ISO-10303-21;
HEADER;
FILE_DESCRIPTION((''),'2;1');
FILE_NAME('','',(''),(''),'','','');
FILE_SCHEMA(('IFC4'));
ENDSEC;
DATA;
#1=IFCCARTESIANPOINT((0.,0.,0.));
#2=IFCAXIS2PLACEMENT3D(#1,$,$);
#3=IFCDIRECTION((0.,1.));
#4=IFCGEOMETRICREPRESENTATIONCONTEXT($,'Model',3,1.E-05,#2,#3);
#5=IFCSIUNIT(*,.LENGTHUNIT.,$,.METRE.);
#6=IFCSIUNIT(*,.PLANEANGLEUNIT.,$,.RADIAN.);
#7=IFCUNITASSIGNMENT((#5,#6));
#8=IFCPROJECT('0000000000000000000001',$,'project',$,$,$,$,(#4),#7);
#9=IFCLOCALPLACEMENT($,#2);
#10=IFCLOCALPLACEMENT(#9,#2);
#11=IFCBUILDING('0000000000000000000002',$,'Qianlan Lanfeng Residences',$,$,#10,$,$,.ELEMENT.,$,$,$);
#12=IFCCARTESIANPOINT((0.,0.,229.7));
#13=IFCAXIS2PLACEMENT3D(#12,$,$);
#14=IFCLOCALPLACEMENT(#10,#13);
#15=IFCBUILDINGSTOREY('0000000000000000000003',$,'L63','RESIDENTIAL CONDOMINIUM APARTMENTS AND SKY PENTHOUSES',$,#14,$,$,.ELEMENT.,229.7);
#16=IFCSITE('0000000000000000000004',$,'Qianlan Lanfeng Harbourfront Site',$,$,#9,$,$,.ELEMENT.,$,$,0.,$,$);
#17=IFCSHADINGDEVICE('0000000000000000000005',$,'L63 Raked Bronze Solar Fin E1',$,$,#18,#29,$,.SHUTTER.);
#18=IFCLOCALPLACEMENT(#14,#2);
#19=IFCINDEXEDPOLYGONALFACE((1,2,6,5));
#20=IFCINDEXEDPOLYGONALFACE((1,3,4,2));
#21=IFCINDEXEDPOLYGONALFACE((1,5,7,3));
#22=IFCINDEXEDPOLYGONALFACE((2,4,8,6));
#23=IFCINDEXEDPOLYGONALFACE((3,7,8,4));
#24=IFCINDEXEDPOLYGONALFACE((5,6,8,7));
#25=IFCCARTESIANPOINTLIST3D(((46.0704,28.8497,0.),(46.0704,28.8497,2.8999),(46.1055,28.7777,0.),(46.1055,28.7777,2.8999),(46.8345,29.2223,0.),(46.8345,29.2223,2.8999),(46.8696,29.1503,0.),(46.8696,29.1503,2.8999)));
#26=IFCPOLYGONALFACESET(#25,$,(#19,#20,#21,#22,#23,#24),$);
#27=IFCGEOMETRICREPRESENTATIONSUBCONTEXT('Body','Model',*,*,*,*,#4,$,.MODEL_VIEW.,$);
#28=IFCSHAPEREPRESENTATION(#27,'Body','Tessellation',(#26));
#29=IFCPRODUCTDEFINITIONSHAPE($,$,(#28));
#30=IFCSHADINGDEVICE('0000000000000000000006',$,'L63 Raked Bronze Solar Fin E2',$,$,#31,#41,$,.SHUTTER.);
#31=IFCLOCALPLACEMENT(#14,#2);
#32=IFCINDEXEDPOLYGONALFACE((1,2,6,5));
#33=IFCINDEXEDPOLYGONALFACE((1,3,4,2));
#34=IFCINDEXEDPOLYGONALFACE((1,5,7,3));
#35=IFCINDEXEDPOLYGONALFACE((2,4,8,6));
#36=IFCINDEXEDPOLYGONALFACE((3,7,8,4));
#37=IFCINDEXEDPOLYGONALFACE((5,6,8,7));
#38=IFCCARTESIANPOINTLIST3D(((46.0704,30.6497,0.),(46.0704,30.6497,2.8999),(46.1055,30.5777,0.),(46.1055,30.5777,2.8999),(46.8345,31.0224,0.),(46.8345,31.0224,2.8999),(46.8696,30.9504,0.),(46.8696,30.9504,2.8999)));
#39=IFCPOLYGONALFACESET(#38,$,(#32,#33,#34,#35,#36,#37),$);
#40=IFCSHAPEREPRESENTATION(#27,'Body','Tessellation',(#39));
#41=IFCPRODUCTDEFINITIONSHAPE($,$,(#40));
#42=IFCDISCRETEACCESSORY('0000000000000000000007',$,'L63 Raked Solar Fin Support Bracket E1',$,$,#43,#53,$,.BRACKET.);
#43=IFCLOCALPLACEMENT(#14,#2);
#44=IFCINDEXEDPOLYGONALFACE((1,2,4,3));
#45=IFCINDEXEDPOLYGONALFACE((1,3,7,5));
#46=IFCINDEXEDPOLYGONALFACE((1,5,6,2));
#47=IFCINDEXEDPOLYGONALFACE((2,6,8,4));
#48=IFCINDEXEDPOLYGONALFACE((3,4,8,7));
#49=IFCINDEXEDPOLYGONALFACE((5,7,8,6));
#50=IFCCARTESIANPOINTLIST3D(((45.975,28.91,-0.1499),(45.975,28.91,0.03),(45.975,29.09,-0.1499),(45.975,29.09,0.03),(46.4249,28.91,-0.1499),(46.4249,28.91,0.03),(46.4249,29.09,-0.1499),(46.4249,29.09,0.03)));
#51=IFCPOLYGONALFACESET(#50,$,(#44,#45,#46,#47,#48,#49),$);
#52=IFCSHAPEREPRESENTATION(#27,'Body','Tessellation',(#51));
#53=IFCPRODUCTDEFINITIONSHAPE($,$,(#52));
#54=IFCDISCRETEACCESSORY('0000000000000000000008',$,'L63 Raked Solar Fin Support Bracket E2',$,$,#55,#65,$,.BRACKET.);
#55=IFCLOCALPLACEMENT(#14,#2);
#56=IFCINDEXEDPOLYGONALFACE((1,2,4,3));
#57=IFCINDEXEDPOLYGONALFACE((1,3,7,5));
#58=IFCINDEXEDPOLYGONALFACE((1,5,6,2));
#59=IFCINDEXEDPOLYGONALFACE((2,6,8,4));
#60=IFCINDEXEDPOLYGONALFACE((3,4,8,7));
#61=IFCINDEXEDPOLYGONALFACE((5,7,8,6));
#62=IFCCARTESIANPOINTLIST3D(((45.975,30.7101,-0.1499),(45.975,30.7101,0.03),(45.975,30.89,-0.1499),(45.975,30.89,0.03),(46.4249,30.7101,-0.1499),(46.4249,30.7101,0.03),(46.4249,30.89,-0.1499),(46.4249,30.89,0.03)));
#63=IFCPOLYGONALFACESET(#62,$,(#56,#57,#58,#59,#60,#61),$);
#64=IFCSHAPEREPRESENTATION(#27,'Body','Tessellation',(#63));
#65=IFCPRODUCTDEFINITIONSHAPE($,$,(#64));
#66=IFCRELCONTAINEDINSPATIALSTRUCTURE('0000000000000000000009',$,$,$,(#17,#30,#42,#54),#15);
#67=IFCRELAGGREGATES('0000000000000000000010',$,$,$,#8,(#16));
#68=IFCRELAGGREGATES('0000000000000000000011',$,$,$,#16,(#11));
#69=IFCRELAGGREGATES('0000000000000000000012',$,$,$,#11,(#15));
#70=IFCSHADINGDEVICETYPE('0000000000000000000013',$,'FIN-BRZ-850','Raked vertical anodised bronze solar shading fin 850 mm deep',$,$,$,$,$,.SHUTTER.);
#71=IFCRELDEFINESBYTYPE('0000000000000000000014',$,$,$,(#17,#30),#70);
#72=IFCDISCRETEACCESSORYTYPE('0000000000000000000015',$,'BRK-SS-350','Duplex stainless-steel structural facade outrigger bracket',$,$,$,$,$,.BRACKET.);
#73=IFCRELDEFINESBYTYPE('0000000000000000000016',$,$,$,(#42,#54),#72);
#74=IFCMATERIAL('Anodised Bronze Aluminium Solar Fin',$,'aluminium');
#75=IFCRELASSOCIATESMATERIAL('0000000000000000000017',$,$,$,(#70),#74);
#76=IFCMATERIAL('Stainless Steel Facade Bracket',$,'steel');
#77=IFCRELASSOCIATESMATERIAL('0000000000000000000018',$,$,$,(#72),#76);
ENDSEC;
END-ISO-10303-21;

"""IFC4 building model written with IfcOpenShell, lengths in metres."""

from ifc_helpers import new_model, si_unit, direction, frame, origin, origin_2d, place, context, subcontext, project, spatial, rectangle, extrude, source, transform, mapped, material, type_object, element, save


model = new_model("IFC4")

# Units and contexts
model_context = context("Model", 3, precision=1e-05, world=origin(), true_north=direction((0.0, 1.0)))
body_context = subcontext(model_context, "Body", "Model", "MODEL_VIEW")
ifc_project = project(units=[si_unit("LENGTHUNIT", "METRE"), si_unit("PLANEANGLEUNIT", "RADIAN")], contexts=[model_context])

# Site, building, storey
site_placement = place(None, origin())
site = spatial("IfcSite", under=ifc_project, at=site_placement, Name="Qianlan Lanfeng Harbourfront Site", CompositionType="ELEMENT", RefElevation=0.0)
building_placement = place(site_placement, origin())
building = spatial("IfcBuilding", under=site, at=building_placement, Name="Qianlan Lanfeng Residences", CompositionType="ELEMENT")
storey_placement = place(building_placement, frame((0.0, 0.0, 229.7)))
storey = spatial("IfcBuildingStorey", under=building, at=storey_placement, Name="L63", Description="RESIDENTIAL CONDOMINIUM APARTMENTS AND SKY PENTHOUSES", CompositionType="ELEMENT", Elevation=229.7)

# Shading devices
ifc_material_1 = material(Name="Anodised Bronze Aluminium Solar Fin", Category="aluminium")
shading_device_type = type_object("IfcShadingDeviceType", Name="FIN-BRZ-850", Description="Raked vertical anodised bronze solar shading fin 850 mm deep", PredefinedType="SHUTTER", material=ifc_material_1)
shared_shape_1 = source(origin(), body_context, "Body", "SweptSolid", [
    extrude(rectangle(XDim=0.8501, YDim=0.0801, at=origin_2d()), origin(), (0.0, 0.0, 1.0), 2.8999),
])
for number, where, z_axis, x_axis, name in (
    (1, (46.47, 29.0, 0.0), (0.0, 0.0, 1.0), (0.898794, 0.438371, 0.0), "L63 Raked Bronze Solar Fin E1"),
    (2, (46.47, 30.8, 0.0), (0.0, 0.0, 1.0), (0.898794, 0.438371, 0.0), "L63 Raked Bronze Solar Fin E2"),
):
    element("IfcShadingDevice", number, at=place(storey_placement, frame(where, z_axis=z_axis, x_axis=x_axis)), inside=storey, type_object=shading_device_type, Name=name, PredefinedType="SHUTTER", context=body_context, shape_type="MappedRepresentation", body=[
        mapped(shared_shape_1, transform((0.0, 0.0, 0.0), scale=1.0)),
    ])

# Discrete accessories
ifc_material_2 = material(Name="Stainless Steel Facade Bracket", Category="steel")
discrete_accessory_type = type_object("IfcDiscreteAccessoryType", Name="BRK-SS-350", Description="Duplex stainless-steel structural facade outrigger bracket", PredefinedType="BRACKET", material=ifc_material_2)
shared_shape_2 = source(origin(), body_context, "Body", "SweptSolid", [
    extrude(rectangle(XDim=0.45, YDim=0.1799, at=origin_2d()), origin(), (0.0, 0.0, 1.0), 0.1799),
])
for number, where, z_axis, x_axis, name in (
    (3, (46.2, 29.0, -0.1499), (0.0, 0.0, 1.0), (1.0, 0.0, 0.0), "L63 Raked Solar Fin Support Bracket E1"),
    (4, (46.2, 30.8, -0.1499), (0.0, 0.0, 1.0), (1.0, 0.0, 0.0), "L63 Raked Solar Fin Support Bracket E2"),
):
    element("IfcDiscreteAccessory", number, at=place(storey_placement, frame(where, z_axis=z_axis, x_axis=x_axis)), inside=storey, type_object=discrete_accessory_type, Name=name, PredefinedType="BRACKET", context=body_context, shape_type="MappedRepresentation", body=[
        mapped(shared_shape_2, transform((0.0, 0.0, 0.0), scale=1.0)),
    ])

save(model, "model.ifc")
